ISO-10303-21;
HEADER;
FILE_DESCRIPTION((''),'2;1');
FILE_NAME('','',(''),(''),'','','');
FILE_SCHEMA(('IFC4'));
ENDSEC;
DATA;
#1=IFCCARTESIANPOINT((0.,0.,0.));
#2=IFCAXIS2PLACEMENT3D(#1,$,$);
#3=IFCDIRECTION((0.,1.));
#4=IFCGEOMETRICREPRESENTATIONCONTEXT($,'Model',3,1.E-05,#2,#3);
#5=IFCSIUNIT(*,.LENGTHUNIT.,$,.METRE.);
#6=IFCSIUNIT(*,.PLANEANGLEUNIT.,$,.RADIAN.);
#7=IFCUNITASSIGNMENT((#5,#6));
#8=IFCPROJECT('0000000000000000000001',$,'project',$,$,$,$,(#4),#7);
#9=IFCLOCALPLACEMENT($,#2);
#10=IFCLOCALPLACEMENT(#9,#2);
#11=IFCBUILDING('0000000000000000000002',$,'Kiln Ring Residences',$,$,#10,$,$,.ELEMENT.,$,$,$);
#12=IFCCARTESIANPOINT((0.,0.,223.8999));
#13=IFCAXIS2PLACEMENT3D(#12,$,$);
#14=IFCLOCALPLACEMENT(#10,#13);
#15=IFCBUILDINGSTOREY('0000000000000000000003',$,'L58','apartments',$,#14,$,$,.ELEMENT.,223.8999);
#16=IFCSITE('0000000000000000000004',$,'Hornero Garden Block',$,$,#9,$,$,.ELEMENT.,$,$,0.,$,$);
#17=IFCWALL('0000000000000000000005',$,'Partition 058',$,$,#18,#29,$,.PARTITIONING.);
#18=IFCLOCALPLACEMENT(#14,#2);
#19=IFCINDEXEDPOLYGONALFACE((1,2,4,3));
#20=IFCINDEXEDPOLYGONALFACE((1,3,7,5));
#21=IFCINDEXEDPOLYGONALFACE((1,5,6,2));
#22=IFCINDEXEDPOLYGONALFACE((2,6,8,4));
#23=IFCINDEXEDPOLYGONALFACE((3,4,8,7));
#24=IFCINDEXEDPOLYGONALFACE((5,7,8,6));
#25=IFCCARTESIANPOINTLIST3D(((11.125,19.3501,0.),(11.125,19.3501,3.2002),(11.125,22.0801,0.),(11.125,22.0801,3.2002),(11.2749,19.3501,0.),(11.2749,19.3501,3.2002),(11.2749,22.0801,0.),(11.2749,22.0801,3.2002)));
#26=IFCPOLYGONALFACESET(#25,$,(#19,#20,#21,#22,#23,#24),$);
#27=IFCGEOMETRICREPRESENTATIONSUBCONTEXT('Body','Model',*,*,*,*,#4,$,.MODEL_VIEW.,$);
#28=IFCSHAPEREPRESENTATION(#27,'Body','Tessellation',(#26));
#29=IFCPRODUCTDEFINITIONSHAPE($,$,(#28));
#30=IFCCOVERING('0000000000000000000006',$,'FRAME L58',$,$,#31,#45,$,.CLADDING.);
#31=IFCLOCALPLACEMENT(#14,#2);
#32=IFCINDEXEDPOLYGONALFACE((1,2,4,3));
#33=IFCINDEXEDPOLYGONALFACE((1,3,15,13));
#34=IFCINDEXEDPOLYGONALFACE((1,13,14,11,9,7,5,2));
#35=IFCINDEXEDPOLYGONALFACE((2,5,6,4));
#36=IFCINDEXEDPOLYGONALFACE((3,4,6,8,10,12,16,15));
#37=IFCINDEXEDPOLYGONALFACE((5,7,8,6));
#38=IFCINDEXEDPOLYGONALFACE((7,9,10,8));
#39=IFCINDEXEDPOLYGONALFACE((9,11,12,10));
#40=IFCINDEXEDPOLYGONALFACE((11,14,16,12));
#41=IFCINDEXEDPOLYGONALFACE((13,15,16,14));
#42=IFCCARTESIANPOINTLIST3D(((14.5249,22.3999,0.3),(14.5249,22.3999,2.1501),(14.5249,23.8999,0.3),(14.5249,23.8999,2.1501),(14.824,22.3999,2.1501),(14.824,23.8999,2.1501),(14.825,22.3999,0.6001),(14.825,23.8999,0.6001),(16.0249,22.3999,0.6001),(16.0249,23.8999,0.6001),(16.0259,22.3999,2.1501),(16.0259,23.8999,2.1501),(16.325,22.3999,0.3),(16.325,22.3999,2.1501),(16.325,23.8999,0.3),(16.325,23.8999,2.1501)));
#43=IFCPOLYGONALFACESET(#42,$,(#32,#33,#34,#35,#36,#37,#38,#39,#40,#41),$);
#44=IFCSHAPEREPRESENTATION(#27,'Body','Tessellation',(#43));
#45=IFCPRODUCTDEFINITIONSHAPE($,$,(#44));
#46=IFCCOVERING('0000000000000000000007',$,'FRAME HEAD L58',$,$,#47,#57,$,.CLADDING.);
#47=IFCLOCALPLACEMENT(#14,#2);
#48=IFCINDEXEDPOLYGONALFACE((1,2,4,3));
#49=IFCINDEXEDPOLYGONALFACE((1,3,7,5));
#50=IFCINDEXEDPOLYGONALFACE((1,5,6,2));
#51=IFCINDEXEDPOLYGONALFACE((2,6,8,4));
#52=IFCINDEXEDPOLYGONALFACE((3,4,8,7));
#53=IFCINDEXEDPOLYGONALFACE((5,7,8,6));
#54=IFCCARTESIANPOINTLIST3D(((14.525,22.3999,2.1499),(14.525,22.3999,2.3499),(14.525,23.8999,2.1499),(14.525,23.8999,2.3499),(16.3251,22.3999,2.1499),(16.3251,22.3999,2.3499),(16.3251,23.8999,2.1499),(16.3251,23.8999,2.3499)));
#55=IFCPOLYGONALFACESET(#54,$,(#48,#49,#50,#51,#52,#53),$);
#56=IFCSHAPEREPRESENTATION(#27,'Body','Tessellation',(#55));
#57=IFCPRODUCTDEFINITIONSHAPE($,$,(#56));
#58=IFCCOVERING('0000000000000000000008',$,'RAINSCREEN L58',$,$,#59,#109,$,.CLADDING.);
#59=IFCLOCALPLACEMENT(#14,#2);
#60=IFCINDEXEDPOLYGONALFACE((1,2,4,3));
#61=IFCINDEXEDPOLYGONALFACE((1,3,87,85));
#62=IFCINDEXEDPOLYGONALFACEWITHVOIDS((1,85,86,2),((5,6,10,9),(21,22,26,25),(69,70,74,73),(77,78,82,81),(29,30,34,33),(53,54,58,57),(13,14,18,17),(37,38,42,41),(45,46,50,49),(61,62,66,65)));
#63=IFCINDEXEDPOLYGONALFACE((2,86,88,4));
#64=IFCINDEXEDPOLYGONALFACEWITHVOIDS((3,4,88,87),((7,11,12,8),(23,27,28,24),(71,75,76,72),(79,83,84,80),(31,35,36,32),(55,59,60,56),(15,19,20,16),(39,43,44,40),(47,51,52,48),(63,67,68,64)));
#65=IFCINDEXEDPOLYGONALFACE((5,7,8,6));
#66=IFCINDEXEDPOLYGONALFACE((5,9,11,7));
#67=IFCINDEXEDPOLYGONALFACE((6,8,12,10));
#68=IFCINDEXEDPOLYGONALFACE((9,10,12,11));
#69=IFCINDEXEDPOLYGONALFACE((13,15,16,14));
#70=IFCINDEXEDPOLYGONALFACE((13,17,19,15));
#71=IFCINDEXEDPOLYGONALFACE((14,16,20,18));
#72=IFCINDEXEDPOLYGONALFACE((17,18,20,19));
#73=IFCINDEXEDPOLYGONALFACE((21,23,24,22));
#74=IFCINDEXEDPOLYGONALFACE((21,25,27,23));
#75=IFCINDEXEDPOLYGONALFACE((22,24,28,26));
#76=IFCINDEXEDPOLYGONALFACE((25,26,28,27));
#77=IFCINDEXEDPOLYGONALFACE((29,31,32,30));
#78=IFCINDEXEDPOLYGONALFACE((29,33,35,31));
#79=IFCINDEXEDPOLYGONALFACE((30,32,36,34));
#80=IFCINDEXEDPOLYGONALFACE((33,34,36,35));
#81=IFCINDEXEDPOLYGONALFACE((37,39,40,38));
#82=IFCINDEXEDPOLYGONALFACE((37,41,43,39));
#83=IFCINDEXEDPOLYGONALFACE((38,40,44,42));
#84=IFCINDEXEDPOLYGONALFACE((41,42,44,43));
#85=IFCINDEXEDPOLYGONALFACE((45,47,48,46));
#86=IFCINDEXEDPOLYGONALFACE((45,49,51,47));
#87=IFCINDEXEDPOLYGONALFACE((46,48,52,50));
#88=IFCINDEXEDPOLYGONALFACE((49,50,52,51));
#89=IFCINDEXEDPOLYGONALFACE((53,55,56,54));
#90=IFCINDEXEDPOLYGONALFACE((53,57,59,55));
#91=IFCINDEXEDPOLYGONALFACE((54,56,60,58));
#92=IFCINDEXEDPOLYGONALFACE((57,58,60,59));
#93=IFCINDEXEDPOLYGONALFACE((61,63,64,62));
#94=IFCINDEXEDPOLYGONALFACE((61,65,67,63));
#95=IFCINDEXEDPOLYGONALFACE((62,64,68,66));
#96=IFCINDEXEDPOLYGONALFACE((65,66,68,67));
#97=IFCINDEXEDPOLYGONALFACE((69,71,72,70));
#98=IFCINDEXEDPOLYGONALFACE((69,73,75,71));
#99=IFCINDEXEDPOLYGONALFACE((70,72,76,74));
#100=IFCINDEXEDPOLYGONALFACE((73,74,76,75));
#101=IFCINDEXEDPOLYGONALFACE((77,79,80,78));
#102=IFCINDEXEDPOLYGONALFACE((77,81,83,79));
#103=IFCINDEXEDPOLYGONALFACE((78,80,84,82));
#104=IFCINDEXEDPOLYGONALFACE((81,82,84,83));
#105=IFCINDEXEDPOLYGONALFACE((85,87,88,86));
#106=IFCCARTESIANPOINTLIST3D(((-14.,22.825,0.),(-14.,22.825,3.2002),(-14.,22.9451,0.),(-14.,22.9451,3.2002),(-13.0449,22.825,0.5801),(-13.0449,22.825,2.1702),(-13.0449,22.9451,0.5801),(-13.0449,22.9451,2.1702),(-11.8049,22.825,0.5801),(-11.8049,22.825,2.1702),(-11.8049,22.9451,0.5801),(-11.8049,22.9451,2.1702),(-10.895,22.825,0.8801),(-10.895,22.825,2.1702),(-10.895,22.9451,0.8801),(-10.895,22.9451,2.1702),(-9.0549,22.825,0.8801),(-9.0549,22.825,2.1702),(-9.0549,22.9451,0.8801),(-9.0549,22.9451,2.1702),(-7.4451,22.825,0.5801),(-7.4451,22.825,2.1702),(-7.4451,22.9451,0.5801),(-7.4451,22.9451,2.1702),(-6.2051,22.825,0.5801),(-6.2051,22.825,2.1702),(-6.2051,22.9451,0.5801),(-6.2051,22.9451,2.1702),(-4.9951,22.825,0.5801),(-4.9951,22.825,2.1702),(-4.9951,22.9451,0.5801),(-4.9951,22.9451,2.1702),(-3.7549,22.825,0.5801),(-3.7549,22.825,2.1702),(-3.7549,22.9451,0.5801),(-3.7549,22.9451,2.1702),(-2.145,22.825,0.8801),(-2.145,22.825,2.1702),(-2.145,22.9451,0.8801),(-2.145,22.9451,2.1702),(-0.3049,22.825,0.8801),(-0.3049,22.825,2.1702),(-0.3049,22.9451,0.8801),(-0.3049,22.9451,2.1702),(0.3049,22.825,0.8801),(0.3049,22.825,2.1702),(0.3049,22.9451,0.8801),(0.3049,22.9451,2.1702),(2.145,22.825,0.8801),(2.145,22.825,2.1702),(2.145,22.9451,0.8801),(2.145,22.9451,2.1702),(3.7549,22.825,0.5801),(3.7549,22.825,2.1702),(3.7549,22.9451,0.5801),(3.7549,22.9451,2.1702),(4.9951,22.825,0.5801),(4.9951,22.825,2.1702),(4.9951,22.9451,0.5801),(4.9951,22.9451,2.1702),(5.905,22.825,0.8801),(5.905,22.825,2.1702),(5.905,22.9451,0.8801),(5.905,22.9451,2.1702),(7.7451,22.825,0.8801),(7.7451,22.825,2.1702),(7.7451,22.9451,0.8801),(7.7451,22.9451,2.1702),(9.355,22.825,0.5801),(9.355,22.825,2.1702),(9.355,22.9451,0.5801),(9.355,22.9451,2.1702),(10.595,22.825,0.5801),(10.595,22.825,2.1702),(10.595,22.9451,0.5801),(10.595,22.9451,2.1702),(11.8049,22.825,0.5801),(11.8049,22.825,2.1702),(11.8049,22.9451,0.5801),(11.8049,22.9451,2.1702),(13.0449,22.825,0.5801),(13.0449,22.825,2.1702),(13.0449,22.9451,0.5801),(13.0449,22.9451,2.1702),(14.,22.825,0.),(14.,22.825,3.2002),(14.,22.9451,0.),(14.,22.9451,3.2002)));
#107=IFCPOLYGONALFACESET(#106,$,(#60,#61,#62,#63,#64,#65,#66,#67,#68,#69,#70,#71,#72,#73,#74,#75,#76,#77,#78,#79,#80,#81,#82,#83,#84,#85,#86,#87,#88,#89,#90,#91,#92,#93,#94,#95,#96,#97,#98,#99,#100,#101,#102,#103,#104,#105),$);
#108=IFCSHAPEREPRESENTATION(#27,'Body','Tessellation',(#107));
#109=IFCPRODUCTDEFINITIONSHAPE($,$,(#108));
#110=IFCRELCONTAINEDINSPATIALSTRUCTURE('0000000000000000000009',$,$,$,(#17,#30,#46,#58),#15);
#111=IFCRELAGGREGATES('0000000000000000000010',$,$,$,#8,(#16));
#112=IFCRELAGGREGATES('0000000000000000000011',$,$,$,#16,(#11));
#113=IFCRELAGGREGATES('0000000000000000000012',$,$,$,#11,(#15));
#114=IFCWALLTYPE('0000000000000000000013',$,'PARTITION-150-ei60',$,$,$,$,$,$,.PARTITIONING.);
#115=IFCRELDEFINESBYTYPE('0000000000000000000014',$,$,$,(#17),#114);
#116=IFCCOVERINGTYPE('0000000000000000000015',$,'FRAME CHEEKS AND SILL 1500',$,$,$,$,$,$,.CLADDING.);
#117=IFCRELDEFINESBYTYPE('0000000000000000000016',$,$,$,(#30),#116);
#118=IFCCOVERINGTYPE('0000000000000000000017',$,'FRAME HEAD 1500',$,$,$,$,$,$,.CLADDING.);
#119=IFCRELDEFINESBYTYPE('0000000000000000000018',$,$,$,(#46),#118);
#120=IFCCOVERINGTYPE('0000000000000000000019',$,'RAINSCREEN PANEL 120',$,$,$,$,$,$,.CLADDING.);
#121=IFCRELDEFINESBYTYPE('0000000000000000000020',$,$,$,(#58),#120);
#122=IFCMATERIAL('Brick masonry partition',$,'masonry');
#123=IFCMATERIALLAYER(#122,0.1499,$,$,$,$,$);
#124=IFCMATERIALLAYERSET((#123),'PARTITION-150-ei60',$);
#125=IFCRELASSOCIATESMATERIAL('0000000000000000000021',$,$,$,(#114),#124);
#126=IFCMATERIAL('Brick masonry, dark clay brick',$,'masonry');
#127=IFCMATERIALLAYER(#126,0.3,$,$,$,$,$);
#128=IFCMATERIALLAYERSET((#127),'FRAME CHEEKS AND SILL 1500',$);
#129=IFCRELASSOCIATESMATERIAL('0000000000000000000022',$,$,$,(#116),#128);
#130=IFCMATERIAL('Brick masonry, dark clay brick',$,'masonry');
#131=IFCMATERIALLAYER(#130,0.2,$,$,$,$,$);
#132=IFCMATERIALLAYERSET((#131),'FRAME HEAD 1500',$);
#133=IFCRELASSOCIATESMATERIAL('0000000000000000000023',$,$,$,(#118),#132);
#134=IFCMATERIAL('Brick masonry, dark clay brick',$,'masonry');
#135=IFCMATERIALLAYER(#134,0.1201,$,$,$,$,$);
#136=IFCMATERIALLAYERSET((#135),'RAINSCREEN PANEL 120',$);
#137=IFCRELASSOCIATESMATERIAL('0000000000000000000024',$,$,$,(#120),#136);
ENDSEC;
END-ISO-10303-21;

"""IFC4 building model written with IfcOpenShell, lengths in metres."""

from ifc_helpers import new_model, si_unit, direction, frame, frame_2d, origin, origin_2d, place, context, subcontext, project, spatial, polyline, rectangle, outline, extrude, material, layer, layer_set, type_object, element, save


model = new_model("IFC4")

# Units and contexts
model_context = context("Model", 3, precision=1e-05, world=origin(), true_north=direction((0.0, 1.0)))
body_context = subcontext(model_context, "Body", "Model", "MODEL_VIEW")
ifc_project = project(units=[si_unit("LENGTHUNIT", "METRE"), si_unit("PLANEANGLEUNIT", "RADIAN")], contexts=[model_context])

# Site, building, storey
site_placement = place(None, origin())
site = spatial("IfcSite", under=ifc_project, at=site_placement, Name="Hornero Garden Block", CompositionType="ELEMENT", RefElevation=0.0)
building_placement = place(site_placement, origin())
building = spatial("IfcBuilding", under=site, at=building_placement, Name="Kiln Ring Residences", CompositionType="ELEMENT")
storey_placement = place(building_placement, frame((0.0, 0.0, 223.8999)))
storey = spatial("IfcBuildingStorey", under=building, at=storey_placement, Name="L58", Description="apartments", CompositionType="ELEMENT", Elevation=223.8999)

# Wall
ifc_material_1 = material(Name="Brick masonry partition", Category="masonry")
ifc_layer_1 = layer(ifc_material_1, 0.1499)
ifc_layer_set_1 = layer_set([ifc_layer_1], Name="PARTITION-150-ei60")
wall_type_1 = type_object("IfcWallType", Name="PARTITION-150-ei60", PredefinedType="PARTITIONING", material=ifc_layer_set_1)
wall_1_placement = place(storey_placement, frame((11.2, 19.3501, 0.0), z_axis=(0.0, 0.0, 1.0), x_axis=(0.0, 1.0, 0.0)))
element("IfcWall", 1, at=wall_1_placement, inside=storey, type_object=wall_type_1, Name="Partition 058", PredefinedType="PARTITIONING", context=body_context, shape_type="SweptSolid", body=[
    extrude(rectangle(XDim=2.73, YDim=0.1499, at=frame_2d((1.365, 0.0))), origin(), (0.0, 0.0, 1.0), 3.2002),
])

# Coverings
ifc_material_2 = material(Name="Brick masonry, dark clay brick", Category="masonry")
ifc_layer_2 = layer(ifc_material_2, 0.3)
ifc_layer_set_2 = layer_set([ifc_layer_2], Name="FRAME CHEEKS AND SILL 1500")
covering_type_1 = type_object("IfcCoveringType", Name="FRAME CHEEKS AND SILL 1500", PredefinedType="CLADDING", material=ifc_layer_set_2)
covering_1_placement = place(storey_placement, frame((16.325, 23.1499, 0.3), z_axis=(0.0, 0.0, 1.0), x_axis=(-1.0, 0.0, 0.0)))
element("IfcCovering", 2, at=covering_1_placement, inside=storey, type_object=covering_type_1, Name="FRAME L58", PredefinedType="CLADDING", context=body_context, shape_type="SweptSolid", body=[
    extrude(outline(polyline([(0.0, 0.0), (1.8, 0.0), (1.8, 1.8501), (1.501, 1.8501), (1.5, 0.3), (0.3, 0.3), (0.2991, 1.8501), (0.0, 1.8501), (0.0, 0.0)])), frame((0.0, 0.75, 0.0), z_axis=(0.0, -1.0, 0.0), x_axis=(1.0, 0.0, 0.0)), (0.0, 0.0, 1.0), 1.5),
])
ifc_material_3 = material(Name="Brick masonry, dark clay brick", Category="masonry")
ifc_layer_3 = layer(ifc_material_3, 0.2)
ifc_layer_set_3 = layer_set([ifc_layer_3], Name="FRAME HEAD 1500")
covering_type_2 = type_object("IfcCoveringType", Name="FRAME HEAD 1500", PredefinedType="CLADDING", material=ifc_layer_set_3)
covering_2_placement = place(storey_placement, frame((15.425, 23.1499, 2.1499), z_axis=(0.0, 0.0, 1.0), x_axis=(-1.0, 0.0, 0.0)))
element("IfcCovering", 3, at=covering_2_placement, inside=storey, type_object=covering_type_2, Name="FRAME HEAD L58", PredefinedType="CLADDING", context=body_context, shape_type="SweptSolid", body=[
    extrude(rectangle(XDim=1.8, YDim=1.5, at=origin_2d()), origin(), (0.0, 0.0, 1.0), 0.2),
])
ifc_material_4 = material(Name="Brick masonry, dark clay brick", Category="masonry")
ifc_layer_4 = layer(ifc_material_4, 0.1201)
ifc_layer_set_4 = layer_set([ifc_layer_4], Name="RAINSCREEN PANEL 120")
covering_type_3 = type_object("IfcCoveringType", Name="RAINSCREEN PANEL 120", PredefinedType="CLADDING", material=ifc_layer_set_4)
covering_3_placement = place(storey_placement, frame((14.0, 22.885, 0.0), z_axis=(0.0, 0.0, 1.0), x_axis=(-1.0, 0.0, 0.0)))
element("IfcCovering", 4, at=covering_3_placement, inside=storey, type_object=covering_type_3, Name="RAINSCREEN L58", PredefinedType="CLADDING", context=body_context, shape_type="SweptSolid", body=[
    extrude(outline(polyline([(0.0, 0.0), (28.0, 0.0), (28.0, 3.2002), (0.0, 3.2002), (0.0, 0.0)]), holes=[polyline([(0.9551, 0.5801), (2.1951, 0.5801), (2.1951, 2.1702), (0.9551, 2.1702), (0.9551, 0.5801)]), polyline([(3.405, 0.5801), (4.645, 0.5801), (4.645, 2.1702), (3.405, 2.1702), (3.405, 0.5801)]), polyline([(9.0049, 0.5801), (10.2451, 0.5801), (10.2451, 2.1702), (9.0049, 2.1702), (9.0049, 0.5801)]), polyline([(17.7549, 2.1702), (17.7549, 0.5801), (18.9951, 0.5801), (18.9951, 2.1702), (17.7549, 2.1702)]), polyline([(20.2051, 2.1702), (20.2051, 0.5801), (21.4451, 0.5801), (21.4451, 2.1702), (20.2051, 2.1702)]), polyline([(25.8049, 0.5801), (27.0449, 0.5801), (27.0449, 2.1702), (25.8049, 2.1702), (25.8049, 0.5801)]), polyline([(6.2549, 0.8801), (8.095, 0.8801), (8.095, 2.1702), (6.2549, 2.1702), (6.2549, 0.8801)]), polyline([(11.855, 0.8801), (13.6951, 0.8801), (13.6951, 2.1702), (11.855, 2.1702), (11.855, 0.8801)]), polyline([(14.3049, 2.1702), (14.3049, 0.8801), (16.145, 0.8801), (16.145, 2.1702), (14.3049, 2.1702)]), polyline([(23.0549, 2.1702), (23.0549, 0.8801), (24.895, 0.8801), (24.895, 2.1702), (23.0549, 2.1702)])]), frame((0.0, 0.0601, 0.0), z_axis=(0.0, -1.0, 0.0), x_axis=(1.0, 0.0, 0.0)), (0.0, 0.0, 1.0), 0.1201),
])

save(model, "model.ifc")
